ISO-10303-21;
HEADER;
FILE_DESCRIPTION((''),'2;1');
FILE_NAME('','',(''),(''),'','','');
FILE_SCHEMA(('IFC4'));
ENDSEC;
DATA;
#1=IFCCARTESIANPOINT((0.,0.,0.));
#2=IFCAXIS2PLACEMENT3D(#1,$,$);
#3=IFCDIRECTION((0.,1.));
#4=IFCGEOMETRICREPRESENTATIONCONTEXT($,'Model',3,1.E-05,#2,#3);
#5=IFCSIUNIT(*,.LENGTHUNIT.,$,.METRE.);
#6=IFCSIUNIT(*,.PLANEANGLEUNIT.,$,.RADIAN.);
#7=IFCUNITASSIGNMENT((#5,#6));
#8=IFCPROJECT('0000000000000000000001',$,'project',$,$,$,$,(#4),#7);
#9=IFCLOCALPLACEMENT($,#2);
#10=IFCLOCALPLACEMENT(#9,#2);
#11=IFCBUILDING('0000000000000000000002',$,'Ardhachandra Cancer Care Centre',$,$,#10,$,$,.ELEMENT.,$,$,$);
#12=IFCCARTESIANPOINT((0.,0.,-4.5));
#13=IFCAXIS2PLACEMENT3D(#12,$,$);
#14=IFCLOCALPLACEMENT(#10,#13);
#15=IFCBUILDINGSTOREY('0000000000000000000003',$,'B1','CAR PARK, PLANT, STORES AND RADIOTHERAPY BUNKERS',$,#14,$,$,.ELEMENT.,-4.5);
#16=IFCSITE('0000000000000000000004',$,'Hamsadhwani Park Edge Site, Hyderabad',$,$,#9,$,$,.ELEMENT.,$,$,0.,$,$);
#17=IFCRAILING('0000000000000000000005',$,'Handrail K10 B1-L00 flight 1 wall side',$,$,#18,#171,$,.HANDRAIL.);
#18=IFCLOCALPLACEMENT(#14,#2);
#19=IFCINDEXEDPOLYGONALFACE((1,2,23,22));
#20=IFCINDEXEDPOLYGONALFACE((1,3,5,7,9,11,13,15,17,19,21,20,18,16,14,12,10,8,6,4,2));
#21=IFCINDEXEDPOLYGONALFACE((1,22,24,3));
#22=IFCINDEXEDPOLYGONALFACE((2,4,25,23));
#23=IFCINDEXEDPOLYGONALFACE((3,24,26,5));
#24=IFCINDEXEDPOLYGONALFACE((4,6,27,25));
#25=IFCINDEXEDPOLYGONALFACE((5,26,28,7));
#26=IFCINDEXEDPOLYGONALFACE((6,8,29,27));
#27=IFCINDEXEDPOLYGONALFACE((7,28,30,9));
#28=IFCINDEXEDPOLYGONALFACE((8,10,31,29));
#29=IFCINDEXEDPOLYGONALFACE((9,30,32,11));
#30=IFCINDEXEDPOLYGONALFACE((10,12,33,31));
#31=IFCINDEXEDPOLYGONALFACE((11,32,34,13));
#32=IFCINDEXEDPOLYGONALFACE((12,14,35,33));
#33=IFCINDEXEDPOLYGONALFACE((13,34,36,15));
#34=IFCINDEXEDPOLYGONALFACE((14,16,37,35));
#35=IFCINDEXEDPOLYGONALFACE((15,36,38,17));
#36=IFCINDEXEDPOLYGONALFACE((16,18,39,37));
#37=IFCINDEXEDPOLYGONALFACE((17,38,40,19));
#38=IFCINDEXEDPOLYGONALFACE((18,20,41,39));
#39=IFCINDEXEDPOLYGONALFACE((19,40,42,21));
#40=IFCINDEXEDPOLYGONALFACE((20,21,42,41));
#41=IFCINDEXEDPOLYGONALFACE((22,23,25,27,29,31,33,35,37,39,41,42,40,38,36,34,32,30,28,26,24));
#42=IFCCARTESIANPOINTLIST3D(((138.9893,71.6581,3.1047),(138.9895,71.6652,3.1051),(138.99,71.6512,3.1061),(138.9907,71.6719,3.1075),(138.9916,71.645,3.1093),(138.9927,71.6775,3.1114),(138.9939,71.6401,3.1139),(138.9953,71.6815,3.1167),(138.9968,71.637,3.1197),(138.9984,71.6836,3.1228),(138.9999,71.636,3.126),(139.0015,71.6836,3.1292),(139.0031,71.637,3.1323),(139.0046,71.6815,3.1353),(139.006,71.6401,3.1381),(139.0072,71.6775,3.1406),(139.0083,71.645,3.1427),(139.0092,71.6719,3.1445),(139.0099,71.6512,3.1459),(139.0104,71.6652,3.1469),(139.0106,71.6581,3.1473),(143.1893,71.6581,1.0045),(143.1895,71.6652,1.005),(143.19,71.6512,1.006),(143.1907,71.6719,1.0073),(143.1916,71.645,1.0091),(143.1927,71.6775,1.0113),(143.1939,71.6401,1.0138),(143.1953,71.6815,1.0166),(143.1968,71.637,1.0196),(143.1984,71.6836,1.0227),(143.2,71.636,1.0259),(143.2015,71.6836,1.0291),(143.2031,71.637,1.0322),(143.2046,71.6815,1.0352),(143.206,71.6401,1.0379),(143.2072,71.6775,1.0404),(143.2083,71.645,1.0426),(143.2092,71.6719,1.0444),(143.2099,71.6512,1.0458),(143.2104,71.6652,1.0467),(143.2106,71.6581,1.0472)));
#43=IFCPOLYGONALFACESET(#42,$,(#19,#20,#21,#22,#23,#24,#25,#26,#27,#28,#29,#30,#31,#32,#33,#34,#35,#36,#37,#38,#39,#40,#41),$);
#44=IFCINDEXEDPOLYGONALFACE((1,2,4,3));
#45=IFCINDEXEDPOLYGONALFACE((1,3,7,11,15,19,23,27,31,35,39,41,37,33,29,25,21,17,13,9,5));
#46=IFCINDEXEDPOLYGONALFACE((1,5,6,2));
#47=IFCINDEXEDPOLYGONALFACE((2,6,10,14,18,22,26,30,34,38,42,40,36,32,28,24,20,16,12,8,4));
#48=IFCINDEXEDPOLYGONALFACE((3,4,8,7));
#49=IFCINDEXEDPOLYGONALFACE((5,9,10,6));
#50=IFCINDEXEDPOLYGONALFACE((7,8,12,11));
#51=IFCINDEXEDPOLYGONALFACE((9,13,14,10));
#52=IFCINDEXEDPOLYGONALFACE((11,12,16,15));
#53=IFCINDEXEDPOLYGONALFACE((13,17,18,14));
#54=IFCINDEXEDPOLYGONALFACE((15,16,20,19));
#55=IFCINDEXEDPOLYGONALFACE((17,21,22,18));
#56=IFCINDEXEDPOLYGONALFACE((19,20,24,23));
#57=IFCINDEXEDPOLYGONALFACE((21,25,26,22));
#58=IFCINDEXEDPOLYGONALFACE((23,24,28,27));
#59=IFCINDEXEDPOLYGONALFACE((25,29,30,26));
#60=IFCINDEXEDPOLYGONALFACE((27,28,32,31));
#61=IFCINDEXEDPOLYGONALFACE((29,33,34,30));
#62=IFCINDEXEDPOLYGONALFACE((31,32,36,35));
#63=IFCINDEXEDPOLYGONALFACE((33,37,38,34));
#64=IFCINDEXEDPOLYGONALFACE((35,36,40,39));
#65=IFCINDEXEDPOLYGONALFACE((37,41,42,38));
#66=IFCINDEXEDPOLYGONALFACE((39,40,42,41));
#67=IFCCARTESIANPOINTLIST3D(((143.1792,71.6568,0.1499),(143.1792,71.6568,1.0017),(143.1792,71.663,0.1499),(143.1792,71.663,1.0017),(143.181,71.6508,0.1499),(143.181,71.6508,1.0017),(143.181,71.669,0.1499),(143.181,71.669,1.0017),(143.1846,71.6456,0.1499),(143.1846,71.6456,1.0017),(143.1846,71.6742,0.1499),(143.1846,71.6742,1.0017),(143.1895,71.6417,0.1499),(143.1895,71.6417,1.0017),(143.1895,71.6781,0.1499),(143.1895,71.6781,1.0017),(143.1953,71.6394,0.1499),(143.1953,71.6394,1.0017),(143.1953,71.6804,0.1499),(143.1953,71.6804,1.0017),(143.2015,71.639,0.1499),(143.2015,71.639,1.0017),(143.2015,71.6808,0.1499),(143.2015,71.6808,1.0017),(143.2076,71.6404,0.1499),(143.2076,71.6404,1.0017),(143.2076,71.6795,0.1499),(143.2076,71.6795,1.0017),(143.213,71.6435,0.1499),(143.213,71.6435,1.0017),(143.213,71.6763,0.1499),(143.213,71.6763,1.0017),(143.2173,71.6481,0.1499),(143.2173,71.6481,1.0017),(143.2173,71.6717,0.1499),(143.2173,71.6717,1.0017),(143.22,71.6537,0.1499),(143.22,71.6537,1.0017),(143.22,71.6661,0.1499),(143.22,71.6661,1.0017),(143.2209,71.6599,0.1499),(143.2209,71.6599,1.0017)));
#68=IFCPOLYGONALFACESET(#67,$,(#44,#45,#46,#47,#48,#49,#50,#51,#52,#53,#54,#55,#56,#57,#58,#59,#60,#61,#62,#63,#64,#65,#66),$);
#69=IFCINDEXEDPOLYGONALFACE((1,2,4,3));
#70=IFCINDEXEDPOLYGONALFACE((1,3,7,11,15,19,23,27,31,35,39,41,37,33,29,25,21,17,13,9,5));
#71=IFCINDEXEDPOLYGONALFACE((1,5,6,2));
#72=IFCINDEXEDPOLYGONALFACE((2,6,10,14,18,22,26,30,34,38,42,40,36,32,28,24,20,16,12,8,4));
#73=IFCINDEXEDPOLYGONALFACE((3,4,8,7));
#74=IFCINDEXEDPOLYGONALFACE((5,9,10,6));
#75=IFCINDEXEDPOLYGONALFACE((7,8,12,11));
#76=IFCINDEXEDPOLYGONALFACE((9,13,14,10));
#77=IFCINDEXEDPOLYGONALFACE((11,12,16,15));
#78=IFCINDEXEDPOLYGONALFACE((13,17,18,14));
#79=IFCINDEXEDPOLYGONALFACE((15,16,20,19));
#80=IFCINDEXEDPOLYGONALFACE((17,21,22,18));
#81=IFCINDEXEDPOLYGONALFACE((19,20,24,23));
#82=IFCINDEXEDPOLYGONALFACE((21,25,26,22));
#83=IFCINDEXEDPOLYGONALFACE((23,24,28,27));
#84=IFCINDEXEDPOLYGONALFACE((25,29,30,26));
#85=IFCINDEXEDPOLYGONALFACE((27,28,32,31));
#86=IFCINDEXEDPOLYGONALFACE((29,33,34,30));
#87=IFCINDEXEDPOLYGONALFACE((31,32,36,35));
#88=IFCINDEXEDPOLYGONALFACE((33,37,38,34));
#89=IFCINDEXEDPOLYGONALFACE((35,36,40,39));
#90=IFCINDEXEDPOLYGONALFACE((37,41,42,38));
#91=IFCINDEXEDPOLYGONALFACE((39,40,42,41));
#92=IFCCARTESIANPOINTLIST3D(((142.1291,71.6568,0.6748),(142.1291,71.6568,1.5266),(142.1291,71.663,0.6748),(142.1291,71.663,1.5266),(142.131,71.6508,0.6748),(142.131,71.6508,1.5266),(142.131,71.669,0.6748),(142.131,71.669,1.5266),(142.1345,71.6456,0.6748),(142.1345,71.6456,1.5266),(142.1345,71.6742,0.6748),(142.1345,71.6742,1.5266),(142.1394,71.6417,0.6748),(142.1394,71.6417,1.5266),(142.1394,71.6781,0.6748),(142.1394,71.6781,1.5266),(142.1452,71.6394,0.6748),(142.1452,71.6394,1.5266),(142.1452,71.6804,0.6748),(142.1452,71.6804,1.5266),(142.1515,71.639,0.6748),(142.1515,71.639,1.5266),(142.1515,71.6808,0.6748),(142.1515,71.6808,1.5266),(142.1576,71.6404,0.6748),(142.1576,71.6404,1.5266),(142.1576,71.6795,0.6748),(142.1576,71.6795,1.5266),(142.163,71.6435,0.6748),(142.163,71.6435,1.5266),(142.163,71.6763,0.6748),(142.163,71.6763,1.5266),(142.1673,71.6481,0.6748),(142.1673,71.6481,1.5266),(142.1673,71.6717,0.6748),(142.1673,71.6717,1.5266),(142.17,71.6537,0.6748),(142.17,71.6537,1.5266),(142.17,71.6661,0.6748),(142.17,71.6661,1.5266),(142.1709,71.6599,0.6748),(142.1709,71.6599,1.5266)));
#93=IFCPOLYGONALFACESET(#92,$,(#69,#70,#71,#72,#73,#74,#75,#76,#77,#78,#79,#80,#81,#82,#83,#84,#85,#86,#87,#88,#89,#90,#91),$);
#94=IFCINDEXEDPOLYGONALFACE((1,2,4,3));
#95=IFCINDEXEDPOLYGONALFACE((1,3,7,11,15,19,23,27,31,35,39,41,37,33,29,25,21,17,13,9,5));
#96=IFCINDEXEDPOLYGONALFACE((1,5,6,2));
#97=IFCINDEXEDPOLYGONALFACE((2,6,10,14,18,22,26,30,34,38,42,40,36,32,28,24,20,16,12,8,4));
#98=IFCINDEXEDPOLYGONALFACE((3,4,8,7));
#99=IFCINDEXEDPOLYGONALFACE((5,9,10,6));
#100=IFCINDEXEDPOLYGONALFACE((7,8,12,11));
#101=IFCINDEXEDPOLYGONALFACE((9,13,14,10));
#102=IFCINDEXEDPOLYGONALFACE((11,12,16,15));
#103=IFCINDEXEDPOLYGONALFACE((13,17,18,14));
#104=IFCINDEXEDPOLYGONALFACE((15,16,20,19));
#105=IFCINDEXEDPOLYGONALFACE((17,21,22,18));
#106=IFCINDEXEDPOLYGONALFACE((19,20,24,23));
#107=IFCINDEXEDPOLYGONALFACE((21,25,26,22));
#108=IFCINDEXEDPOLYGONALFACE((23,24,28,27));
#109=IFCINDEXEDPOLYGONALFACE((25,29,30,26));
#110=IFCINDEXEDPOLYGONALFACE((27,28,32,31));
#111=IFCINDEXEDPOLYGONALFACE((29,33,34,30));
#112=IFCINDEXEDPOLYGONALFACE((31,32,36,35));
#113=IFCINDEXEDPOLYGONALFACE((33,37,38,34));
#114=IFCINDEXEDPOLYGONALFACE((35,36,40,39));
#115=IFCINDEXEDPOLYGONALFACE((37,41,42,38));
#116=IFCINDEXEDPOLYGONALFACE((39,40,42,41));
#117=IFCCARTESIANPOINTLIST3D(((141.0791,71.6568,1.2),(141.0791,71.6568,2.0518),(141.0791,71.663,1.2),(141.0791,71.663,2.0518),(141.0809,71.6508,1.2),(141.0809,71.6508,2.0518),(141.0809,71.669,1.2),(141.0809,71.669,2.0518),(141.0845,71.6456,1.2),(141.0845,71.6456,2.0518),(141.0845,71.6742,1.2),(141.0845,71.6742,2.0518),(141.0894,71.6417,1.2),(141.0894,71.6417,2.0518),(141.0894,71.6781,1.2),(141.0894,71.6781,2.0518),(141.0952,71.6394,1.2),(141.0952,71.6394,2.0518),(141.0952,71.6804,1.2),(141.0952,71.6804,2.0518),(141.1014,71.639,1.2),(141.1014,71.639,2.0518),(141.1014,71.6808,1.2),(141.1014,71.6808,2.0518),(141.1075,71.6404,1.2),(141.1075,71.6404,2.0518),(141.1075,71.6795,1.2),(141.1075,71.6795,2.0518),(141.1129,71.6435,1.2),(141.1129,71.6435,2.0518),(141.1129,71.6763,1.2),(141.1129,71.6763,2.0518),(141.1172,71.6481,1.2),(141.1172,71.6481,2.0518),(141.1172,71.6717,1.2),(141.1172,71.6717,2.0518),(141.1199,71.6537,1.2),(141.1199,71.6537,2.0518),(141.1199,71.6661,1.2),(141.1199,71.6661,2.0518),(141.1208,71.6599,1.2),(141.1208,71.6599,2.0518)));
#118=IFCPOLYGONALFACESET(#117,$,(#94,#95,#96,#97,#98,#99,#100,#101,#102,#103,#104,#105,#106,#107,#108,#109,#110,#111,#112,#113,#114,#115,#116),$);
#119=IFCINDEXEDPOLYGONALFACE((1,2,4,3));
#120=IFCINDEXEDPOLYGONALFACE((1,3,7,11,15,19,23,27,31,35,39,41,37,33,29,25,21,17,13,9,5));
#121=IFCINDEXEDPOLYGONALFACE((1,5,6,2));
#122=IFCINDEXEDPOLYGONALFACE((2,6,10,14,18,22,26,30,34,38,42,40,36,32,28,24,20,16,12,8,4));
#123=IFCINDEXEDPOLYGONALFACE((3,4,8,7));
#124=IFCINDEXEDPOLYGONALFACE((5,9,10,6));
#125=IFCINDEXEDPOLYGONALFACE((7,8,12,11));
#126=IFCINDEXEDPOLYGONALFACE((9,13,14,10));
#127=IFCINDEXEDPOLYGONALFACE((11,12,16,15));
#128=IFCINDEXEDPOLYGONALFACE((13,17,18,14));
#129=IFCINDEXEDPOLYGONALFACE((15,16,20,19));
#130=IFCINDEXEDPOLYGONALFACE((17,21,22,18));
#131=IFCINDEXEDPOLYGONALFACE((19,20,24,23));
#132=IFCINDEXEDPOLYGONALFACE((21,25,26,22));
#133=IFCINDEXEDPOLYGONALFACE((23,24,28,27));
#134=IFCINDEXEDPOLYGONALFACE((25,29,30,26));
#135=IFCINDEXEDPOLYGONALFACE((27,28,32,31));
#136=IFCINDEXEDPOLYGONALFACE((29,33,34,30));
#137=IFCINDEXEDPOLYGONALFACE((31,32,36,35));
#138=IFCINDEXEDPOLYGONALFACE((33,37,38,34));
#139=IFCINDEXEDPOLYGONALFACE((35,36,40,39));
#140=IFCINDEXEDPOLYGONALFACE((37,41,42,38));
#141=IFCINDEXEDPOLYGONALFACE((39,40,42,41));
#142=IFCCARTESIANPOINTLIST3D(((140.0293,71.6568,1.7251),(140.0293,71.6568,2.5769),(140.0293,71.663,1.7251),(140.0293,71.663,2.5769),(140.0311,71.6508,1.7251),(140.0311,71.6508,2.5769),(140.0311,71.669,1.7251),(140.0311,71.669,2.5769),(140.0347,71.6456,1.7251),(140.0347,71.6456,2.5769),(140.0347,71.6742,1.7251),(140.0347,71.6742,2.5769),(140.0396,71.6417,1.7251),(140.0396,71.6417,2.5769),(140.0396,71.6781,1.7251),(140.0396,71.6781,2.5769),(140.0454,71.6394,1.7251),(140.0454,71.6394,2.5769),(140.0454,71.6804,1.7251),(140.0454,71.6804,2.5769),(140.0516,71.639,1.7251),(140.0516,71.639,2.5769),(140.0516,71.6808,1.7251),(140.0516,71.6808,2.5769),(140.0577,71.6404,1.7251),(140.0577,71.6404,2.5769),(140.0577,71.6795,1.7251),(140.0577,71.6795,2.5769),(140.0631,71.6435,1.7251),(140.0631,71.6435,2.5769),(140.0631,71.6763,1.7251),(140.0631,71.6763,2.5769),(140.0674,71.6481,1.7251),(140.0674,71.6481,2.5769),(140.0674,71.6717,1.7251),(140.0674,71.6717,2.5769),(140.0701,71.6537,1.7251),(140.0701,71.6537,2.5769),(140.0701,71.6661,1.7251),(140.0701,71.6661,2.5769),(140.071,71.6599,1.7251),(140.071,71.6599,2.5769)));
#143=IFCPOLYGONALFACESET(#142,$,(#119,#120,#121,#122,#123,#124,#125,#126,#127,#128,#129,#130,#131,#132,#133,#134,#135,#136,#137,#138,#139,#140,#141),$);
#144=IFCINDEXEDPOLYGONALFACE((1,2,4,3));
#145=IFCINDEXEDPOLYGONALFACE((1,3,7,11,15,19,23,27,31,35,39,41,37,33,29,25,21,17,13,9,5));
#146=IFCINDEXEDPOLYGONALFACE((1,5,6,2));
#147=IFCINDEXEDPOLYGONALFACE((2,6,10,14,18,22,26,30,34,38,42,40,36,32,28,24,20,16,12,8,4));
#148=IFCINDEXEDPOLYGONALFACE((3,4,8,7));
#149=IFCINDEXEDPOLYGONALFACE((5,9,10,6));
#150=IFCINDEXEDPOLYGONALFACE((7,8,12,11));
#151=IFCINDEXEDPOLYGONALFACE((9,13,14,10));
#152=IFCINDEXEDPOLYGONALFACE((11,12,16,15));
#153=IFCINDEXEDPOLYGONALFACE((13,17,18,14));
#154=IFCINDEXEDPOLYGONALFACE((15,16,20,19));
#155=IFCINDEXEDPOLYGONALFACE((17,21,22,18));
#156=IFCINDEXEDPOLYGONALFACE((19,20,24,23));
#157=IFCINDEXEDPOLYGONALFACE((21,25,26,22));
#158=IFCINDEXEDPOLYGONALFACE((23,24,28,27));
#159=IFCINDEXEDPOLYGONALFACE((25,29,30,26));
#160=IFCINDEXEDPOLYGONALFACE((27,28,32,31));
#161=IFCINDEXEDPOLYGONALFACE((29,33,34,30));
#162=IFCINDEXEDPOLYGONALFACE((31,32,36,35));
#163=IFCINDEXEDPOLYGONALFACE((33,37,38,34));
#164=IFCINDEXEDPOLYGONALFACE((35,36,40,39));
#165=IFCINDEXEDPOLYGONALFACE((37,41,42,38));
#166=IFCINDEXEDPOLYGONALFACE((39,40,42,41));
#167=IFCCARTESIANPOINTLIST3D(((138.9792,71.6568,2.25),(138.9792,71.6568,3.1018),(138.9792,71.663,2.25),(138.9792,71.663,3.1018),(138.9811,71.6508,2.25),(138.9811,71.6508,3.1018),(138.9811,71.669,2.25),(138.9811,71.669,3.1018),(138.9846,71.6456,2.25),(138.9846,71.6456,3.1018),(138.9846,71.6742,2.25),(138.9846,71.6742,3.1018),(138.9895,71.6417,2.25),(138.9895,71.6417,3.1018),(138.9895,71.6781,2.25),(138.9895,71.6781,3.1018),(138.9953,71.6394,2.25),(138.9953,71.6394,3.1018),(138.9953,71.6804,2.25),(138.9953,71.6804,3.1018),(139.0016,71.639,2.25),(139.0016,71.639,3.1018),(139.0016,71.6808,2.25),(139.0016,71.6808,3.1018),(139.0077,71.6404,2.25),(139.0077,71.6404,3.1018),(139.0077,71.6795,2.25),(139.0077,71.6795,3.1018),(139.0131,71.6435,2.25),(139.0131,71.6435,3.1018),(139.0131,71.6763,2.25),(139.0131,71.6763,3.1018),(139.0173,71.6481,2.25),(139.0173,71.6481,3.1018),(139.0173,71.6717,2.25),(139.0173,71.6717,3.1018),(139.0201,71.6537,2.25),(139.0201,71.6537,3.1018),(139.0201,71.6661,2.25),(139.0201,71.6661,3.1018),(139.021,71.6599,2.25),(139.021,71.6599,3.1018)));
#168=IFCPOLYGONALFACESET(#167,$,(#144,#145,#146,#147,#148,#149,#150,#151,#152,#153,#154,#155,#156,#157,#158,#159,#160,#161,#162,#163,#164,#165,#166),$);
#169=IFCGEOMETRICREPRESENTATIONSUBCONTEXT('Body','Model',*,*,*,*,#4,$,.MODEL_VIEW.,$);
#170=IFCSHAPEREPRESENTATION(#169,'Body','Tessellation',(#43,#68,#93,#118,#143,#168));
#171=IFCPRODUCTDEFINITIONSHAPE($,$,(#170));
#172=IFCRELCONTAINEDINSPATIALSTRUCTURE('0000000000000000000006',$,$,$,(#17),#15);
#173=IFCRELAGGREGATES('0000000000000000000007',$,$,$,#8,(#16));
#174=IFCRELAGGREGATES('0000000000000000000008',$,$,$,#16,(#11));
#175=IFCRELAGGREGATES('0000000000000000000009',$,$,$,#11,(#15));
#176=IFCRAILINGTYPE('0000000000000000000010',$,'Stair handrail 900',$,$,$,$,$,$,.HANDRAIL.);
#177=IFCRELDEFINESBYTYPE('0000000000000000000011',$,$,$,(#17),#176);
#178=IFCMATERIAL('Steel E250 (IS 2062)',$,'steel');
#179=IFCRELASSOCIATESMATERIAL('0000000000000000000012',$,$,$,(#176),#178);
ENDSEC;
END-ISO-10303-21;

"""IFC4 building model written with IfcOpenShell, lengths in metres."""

from ifc_helpers import new_model, si_unit, direction, frame, origin, origin_2d, place, context, subcontext, project, spatial, circle, extrude, material, type_object, element, save


model = new_model("IFC4")

# Units and contexts
model_context = context("Model", 3, precision=1e-05, world=origin(), true_north=direction((0.0, 1.0)))
body_context = subcontext(model_context, "Body", "Model", "MODEL_VIEW")
ifc_project = project(units=[si_unit("LENGTHUNIT", "METRE"), si_unit("PLANEANGLEUNIT", "RADIAN")], contexts=[model_context])

# Site, building, storey
site_placement = place(None, origin())
site = spatial("IfcSite", under=ifc_project, at=site_placement, Name="Hamsadhwani Park Edge Site, Hyderabad", CompositionType="ELEMENT", RefElevation=0.0)
building_placement = place(site_placement, origin())
building = spatial("IfcBuilding", under=site, at=building_placement, Name="Ardhachandra Cancer Care Centre", CompositionType="ELEMENT")
storey_placement = place(building_placement, frame((0.0, 0.0, -4.5)))
storey = spatial("IfcBuildingStorey", under=building, at=storey_placement, Name="B1", Description="CAR PARK, PLANT, STORES AND RADIOTHERAPY BUNKERS", CompositionType="ELEMENT", Elevation=-4.5)

# Railing
ifc_material_1 = material(Name="Steel E250 (IS 2062)", Category="steel")
railing_type = type_object("IfcRailingType", Name="Stair handrail 900", PredefinedType="HANDRAIL", material=ifc_material_1)
for number, where, name in (
    (1, (143.2, 71.6599, 0.1499), "Handrail K10 B1-L00 flight 1 wall side"),
):
    element("IfcRailing", number, at=place(storey_placement, frame(where)), inside=storey, type_object=railing_type, Name=name, PredefinedType="HANDRAIL", context=body_context, shape_type="SweptSolid", body=[
        extrude(circle(Radius=0.0239, at=origin_2d()), frame((0.0, 0.0, 0.876), z_axis=(-0.894417, 0.0, 0.447234), x_axis=(0.0, -1.0, 0.0)), (0.0, 0.0, 1.0), 4.6958),
        extrude(circle(Radius=0.021, at=origin_2d()), origin(), (0.0, 0.0, 1.0), 0.8518),
        extrude(circle(Radius=0.021, at=origin_2d()), frame((-1.05, 0.0, 0.5249)), (0.0, 0.0, 1.0), 0.8518),
        extrude(circle(Radius=0.021, at=origin_2d()), frame((-2.1001, 0.0, 1.05)), (0.0, 0.0, 1.0), 0.8518),
        extrude(circle(Radius=0.021, at=origin_2d()), frame((-3.1499, 0.0, 1.5752)), (0.0, 0.0, 1.0), 0.8518),
        extrude(circle(Radius=0.021, at=origin_2d()), frame((-4.2, 0.0, 2.1001)), (0.0, 0.0, 1.0), 0.8518),
    ])

save(model, "model.ifc")
